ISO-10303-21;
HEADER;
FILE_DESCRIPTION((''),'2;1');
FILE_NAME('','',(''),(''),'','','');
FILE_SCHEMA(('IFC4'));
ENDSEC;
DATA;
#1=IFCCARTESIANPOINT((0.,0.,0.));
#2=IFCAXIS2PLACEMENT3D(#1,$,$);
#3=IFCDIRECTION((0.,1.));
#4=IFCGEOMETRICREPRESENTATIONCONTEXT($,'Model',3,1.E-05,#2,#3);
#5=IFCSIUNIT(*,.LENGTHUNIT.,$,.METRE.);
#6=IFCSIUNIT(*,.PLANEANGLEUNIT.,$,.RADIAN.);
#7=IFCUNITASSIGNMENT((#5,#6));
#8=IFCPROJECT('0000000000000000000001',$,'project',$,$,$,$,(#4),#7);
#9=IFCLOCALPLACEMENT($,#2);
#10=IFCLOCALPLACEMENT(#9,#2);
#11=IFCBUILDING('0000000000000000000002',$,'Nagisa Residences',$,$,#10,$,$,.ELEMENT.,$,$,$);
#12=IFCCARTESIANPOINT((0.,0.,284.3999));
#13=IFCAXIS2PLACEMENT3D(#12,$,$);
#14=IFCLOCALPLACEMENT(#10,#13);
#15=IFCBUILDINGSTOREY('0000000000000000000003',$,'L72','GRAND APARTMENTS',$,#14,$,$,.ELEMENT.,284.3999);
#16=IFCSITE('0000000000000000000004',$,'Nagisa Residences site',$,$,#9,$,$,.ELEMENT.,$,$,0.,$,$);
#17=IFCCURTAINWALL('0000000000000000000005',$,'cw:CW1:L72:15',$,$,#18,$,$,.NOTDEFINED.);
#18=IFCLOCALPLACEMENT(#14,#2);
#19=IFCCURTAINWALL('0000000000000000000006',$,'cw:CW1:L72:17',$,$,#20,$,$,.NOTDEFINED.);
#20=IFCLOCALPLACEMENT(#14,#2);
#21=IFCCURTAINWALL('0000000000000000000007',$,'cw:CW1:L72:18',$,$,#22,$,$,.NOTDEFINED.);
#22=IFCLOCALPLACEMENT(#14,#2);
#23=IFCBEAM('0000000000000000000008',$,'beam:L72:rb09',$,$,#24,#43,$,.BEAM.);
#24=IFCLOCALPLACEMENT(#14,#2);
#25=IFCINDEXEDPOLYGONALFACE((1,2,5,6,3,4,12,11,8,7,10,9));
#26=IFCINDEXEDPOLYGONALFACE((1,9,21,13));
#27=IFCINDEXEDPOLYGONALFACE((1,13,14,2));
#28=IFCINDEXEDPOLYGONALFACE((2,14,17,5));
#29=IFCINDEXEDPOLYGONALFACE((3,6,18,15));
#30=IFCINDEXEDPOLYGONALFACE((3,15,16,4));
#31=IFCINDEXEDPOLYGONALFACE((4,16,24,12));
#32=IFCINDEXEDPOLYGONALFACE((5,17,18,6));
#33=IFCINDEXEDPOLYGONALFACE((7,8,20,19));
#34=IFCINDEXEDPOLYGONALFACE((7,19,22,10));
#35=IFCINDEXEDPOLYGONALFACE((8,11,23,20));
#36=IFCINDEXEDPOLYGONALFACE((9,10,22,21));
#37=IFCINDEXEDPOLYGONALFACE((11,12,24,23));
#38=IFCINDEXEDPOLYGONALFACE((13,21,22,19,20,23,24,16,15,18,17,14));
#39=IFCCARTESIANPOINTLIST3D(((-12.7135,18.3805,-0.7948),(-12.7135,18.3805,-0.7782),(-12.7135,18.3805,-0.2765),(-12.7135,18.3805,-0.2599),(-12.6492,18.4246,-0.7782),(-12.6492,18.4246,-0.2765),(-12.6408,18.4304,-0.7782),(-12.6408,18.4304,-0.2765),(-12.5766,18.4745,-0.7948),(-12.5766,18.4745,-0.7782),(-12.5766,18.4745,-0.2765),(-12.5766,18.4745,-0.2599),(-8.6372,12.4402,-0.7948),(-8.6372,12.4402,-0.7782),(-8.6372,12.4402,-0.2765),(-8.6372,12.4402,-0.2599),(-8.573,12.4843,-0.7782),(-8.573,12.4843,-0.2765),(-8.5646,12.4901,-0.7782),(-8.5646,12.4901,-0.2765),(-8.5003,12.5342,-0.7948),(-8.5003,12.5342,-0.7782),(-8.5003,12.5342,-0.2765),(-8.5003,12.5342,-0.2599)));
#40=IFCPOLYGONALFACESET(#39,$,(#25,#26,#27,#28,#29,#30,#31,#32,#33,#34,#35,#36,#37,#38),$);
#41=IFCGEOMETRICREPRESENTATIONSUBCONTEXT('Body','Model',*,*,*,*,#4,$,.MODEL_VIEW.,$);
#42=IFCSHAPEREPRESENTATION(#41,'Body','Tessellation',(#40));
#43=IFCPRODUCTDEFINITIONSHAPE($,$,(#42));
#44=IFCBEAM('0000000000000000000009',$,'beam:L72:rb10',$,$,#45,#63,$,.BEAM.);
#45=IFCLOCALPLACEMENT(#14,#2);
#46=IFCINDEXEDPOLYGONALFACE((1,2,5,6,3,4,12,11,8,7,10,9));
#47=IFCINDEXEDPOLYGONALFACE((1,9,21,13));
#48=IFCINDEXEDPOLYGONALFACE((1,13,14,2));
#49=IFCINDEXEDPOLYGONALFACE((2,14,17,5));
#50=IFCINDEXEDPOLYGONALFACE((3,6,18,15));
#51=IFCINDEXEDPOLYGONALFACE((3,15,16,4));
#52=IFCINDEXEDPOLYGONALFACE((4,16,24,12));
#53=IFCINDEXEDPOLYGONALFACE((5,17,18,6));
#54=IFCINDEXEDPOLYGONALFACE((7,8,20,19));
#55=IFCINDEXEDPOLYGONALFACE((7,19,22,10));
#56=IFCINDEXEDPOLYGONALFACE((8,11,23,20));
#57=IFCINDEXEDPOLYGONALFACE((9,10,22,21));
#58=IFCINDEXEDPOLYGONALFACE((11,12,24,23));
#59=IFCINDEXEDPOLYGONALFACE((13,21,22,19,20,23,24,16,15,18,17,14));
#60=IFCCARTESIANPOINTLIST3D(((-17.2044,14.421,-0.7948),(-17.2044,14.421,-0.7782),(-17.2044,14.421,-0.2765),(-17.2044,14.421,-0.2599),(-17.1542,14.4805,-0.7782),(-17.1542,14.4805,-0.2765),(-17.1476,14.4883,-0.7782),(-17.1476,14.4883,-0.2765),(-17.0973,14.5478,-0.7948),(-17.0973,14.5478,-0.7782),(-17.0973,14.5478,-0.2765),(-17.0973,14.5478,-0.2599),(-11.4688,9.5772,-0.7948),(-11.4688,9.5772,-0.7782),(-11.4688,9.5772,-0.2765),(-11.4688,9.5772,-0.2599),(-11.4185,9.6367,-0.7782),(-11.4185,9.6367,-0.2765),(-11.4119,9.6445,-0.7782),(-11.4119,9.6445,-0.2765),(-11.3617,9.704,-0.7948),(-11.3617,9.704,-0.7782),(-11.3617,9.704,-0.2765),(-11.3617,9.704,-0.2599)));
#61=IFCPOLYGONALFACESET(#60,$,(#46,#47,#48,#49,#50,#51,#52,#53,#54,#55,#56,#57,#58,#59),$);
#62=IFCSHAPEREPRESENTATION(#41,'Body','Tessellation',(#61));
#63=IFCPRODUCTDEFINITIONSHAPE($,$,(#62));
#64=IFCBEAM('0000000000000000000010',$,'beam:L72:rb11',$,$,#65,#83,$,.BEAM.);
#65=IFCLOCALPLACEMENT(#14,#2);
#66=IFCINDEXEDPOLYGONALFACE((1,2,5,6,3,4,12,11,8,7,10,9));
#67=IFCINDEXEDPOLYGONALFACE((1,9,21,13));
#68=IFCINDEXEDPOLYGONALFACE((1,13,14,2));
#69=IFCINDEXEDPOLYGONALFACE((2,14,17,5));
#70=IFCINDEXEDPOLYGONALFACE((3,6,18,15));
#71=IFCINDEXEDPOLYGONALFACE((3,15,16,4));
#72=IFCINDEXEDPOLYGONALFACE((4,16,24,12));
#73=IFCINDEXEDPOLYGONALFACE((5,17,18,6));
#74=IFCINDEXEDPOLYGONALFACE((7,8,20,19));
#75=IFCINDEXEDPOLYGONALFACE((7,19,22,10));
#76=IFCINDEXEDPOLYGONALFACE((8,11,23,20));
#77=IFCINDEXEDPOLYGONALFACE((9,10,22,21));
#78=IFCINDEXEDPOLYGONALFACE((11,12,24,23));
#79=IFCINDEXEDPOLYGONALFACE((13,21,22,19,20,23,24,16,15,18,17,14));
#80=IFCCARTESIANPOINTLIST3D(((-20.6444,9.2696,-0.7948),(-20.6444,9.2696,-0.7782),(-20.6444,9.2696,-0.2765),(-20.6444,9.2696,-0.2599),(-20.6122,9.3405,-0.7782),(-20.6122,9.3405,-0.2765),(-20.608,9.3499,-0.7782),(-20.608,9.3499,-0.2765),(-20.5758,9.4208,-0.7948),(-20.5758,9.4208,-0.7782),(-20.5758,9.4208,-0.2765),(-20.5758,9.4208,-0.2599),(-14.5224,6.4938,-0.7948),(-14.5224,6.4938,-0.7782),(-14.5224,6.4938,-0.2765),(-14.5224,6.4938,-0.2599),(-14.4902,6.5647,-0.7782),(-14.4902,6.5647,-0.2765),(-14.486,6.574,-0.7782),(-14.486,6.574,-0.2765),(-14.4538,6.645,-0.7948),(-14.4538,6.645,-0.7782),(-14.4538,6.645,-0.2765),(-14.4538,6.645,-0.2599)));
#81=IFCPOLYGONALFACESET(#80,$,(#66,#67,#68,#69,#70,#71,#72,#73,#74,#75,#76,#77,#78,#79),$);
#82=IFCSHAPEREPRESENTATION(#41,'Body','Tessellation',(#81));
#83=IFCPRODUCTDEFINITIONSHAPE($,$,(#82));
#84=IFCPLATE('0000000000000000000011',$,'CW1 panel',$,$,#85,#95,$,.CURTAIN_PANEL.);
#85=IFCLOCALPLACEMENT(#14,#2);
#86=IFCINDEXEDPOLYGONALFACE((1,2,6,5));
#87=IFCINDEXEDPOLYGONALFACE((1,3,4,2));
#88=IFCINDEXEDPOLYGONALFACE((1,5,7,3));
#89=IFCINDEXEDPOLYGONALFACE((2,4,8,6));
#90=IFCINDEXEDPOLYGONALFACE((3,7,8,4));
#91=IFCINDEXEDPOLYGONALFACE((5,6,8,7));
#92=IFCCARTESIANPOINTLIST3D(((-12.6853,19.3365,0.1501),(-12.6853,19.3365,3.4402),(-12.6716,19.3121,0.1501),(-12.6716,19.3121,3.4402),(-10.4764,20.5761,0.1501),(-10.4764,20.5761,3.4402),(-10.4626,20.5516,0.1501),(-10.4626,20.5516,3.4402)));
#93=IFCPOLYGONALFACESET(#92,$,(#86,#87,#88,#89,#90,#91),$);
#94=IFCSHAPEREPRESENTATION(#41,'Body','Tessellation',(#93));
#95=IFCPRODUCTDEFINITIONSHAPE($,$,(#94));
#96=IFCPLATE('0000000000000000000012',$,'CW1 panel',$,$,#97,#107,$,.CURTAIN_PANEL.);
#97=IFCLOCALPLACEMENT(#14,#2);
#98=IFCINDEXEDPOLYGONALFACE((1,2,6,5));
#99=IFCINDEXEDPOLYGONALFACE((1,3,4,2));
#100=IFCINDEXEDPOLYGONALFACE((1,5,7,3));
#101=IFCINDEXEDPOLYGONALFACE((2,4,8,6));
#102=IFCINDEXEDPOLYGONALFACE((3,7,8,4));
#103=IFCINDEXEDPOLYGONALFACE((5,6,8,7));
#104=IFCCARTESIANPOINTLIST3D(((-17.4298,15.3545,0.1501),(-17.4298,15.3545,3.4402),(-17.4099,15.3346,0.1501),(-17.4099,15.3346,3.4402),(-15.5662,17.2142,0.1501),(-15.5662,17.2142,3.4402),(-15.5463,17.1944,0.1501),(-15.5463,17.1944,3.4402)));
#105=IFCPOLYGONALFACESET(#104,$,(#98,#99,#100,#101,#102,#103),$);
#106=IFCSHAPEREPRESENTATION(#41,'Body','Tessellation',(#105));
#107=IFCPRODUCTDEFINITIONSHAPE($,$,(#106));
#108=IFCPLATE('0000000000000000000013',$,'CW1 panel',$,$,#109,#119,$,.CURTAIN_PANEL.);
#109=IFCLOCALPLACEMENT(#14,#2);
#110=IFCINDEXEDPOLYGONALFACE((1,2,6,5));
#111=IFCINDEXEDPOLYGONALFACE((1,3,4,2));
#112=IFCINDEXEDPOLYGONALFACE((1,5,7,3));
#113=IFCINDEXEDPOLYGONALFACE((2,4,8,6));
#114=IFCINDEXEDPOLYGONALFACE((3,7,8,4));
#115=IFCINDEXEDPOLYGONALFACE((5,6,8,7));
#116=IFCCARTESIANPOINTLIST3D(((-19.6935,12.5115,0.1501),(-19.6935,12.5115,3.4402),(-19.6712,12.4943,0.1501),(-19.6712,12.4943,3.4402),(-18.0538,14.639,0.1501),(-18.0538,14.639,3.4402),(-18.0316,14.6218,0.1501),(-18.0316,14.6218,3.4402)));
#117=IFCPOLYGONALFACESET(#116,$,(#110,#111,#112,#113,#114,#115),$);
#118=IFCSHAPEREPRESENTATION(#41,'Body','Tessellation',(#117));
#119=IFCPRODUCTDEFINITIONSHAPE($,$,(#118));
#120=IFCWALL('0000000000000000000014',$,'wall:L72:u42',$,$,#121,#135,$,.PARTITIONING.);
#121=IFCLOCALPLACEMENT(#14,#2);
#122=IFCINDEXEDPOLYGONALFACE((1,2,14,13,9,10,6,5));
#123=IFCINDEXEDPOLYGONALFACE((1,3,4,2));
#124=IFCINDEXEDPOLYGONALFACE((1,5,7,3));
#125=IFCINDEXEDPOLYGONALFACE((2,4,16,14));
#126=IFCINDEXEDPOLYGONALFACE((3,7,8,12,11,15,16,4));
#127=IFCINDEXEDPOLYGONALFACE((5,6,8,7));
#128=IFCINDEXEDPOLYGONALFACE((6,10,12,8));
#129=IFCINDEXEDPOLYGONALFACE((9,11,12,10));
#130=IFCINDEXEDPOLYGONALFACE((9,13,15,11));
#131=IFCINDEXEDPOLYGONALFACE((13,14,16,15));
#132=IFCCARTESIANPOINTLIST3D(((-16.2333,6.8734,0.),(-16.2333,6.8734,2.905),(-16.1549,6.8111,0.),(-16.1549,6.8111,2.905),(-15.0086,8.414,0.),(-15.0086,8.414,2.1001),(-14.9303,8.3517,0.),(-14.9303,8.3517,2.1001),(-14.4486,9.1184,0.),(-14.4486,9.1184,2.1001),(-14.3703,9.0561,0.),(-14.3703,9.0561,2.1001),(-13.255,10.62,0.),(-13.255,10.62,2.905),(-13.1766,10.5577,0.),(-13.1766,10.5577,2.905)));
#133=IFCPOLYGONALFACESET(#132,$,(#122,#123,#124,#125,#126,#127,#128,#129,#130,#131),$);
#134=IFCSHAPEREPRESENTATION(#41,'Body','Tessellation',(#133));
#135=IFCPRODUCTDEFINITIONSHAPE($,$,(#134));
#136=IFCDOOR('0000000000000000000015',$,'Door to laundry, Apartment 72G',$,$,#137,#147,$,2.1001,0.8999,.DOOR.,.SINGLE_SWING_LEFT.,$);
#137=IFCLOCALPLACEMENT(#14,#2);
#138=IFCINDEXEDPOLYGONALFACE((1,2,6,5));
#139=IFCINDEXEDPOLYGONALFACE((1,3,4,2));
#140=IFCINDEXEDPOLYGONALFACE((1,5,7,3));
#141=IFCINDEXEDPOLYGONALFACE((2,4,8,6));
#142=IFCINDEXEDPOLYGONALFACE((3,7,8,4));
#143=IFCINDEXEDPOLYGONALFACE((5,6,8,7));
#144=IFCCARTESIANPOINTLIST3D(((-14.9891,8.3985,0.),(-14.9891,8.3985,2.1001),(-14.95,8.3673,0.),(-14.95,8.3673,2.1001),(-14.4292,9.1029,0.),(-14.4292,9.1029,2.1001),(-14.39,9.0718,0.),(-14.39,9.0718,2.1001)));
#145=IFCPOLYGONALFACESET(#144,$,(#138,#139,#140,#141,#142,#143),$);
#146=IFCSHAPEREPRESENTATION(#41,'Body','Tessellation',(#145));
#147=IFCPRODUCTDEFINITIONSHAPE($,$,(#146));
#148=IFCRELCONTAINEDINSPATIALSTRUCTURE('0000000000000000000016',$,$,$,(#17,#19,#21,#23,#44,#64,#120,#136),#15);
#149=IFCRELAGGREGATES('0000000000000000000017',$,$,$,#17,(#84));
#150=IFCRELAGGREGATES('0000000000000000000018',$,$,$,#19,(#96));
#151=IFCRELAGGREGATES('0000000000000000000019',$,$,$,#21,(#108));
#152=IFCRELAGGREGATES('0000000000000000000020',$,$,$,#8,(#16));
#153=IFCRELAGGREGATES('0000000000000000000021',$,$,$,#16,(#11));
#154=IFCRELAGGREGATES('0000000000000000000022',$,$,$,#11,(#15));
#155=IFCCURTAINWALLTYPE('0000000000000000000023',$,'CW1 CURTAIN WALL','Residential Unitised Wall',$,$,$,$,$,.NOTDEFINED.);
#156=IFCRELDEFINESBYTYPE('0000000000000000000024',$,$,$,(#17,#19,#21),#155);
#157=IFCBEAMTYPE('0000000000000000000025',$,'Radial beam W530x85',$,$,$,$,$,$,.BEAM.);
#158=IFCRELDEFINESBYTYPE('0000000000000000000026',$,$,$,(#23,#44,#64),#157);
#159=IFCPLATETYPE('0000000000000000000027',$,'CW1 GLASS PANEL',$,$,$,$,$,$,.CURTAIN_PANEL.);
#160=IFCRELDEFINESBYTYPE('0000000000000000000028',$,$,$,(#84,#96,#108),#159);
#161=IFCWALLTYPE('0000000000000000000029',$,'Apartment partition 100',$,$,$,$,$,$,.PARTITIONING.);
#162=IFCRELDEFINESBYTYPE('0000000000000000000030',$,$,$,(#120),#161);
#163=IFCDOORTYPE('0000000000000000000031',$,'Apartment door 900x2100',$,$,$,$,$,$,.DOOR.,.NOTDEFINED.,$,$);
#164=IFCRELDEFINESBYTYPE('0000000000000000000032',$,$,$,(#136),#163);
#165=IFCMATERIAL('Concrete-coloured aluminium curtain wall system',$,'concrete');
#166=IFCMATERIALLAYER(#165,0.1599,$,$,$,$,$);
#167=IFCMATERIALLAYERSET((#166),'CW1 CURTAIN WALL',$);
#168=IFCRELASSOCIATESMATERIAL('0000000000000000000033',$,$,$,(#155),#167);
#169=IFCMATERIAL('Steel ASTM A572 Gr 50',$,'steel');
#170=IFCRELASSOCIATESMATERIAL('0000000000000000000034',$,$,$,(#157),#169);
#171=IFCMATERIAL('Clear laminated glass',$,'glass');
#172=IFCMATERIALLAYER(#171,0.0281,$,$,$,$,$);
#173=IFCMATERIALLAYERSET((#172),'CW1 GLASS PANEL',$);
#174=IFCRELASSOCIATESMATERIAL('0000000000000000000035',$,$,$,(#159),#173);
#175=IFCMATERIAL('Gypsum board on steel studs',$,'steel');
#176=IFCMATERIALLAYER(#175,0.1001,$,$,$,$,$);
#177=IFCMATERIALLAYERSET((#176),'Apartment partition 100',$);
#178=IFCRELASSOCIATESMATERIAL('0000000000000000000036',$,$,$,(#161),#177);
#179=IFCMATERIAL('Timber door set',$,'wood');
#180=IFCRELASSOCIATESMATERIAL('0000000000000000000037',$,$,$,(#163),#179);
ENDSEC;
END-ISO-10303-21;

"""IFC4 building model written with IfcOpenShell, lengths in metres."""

from ifc_helpers import new_model, si_unit, direction, frame, frame_2d, origin, origin_2d, place, context, subcontext, project, spatial, rectangle, i_section, extrude, material, layer, layer_set, material_profile, profile_set, type_object, element, fill, aggregate, save


model = new_model("IFC4")

# Units and contexts
model_context = context("Model", 3, precision=1e-05, world=origin(), true_north=direction((0.0, 1.0)))
body_context = subcontext(model_context, "Body", "Model", "MODEL_VIEW")
ifc_project = project(units=[si_unit("LENGTHUNIT", "METRE"), si_unit("PLANEANGLEUNIT", "RADIAN")], contexts=[model_context])

# Site, building, storey
site_placement = place(None, origin())
site = spatial("IfcSite", under=ifc_project, at=site_placement, Name="Nagisa Residences site", CompositionType="ELEMENT", RefElevation=0.0)
building_placement = place(site_placement, origin())
building = spatial("IfcBuilding", under=site, at=building_placement, Name="Nagisa Residences", CompositionType="ELEMENT")
storey_placement = place(building_placement, frame((0.0, 0.0, 284.3999)))
storey = spatial("IfcBuildingStorey", under=building, at=storey_placement, Name="L72", Description="GRAND APARTMENTS", CompositionType="ELEMENT", Elevation=284.3999)

# Curtain walls
ifc_material_1 = material(Name="Concrete-coloured aluminium curtain wall system", Category="concrete")
ifc_layer_1 = layer(ifc_material_1, 0.1599)
ifc_layer_set_1 = layer_set([ifc_layer_1], Name="CW1 CURTAIN WALL")
curtain_wall_type = type_object("IfcCurtainWallType", Name="CW1 CURTAIN WALL", Description="Residential Unitised Wall", PredefinedType="NOTDEFINED", material=ifc_layer_set_1)
curtain_wall_1_placement = place(storey_placement, origin())
curtain_wall_1 = element("IfcCurtainWall", 1, at=curtain_wall_1_placement, inside=storey, type_object=curtain_wall_type, Name="cw:CW1:L72:15", PredefinedType="NOTDEFINED")
curtain_wall_2_placement = place(storey_placement, origin())
curtain_wall_2 = element("IfcCurtainWall", 2, at=curtain_wall_2_placement, inside=storey, type_object=curtain_wall_type, Name="cw:CW1:L72:17", PredefinedType="NOTDEFINED")
curtain_wall_3_placement = place(storey_placement, origin())
curtain_wall_3 = element("IfcCurtainWall", 3, at=curtain_wall_3_placement, inside=storey, type_object=curtain_wall_type, Name="cw:CW1:L72:18", PredefinedType="NOTDEFINED")

# Beams
ifc_material_2 = material(Name="Steel ASTM A572 Gr 50", Category="steel")
ifc_material_profile_1 = material_profile(ifc_material_2, i_section(OverallWidth=0.166, OverallDepth=0.5349, WebThickness=0.0103, FlangeThickness=0.0166, at=origin_2d()), Name="W530x85")
ifc_profile_set_1 = profile_set([ifc_material_profile_1], Name="Steel ASTM A572 Gr 50")
beam_type_1 = type_object("IfcBeamType", Name="Radial beam W530x85", PredefinedType="BEAM", material=ifc_profile_set_1)
beam_1_placement = place(storey_placement, frame((-12.645, 18.4275, -0.5273), z_axis=(0.565802, -0.824541, 0.0), x_axis=(0.824541, 0.565802, 0.0)))
element("IfcBeam", 4, at=beam_1_placement, inside=storey, type_object=beam_type_1, Name="beam:L72:rb09", PredefinedType="BEAM", context=body_context, shape_type="SweptSolid", body=[
    extrude(i_section(OverallWidth=0.166, OverallDepth=0.5349, WebThickness=0.0103, FlangeThickness=0.0166, at=origin_2d()), origin(), (0.0, 0.0, 1.0), 7.2043),
])
beam_2_placement = place(storey_placement, frame((-17.1509, 14.4844, -0.5273), z_axis=(0.764006, -0.645209, 0.0), x_axis=(0.645209, 0.764006, 0.0)))
element("IfcBeam", 5, at=beam_2_placement, inside=storey, type_object=beam_type_1, Name="beam:L72:rb10", PredefinedType="BEAM", context=body_context, shape_type="SweptSolid", body=[
    extrude(i_section(OverallWidth=0.166, OverallDepth=0.5349, WebThickness=0.0103, FlangeThickness=0.0166, at=origin_2d()), origin(), (0.0, 0.0, 1.0), 7.5073),
])
beam_3_placement = place(storey_placement, frame((-20.6101, 9.3452, -0.5273), z_axis=(0.910752, -0.412954, 0.0), x_axis=(0.412954, 0.910752, 0.0)))
element("IfcBeam", 6, at=beam_3_placement, inside=storey, type_object=beam_type_1, Name="beam:L72:rb11", PredefinedType="BEAM", context=body_context, shape_type="SweptSolid", body=[
    extrude(i_section(OverallWidth=0.166, OverallDepth=0.5349, WebThickness=0.0103, FlangeThickness=0.0166, at=origin_2d()), origin(), (0.0, 0.0, 1.0), 6.7219),
])

# Plates
ifc_material_3 = material(Name="Clear laminated glass", Category="glass")
ifc_layer_2 = layer(ifc_material_3, 0.0281)
ifc_layer_set_2 = layer_set([ifc_layer_2], Name="CW1 GLASS PANEL")
plate_type = type_object("IfcPlateType", Name="CW1 GLASS PANEL", PredefinedType="CURTAIN_PANEL", material=ifc_layer_set_2)
plate_1_placement = place(storey_placement, frame((-11.574, 19.9441, 0.1501), z_axis=(0.0, 0.0, 1.0), x_axis=(-0.872072, -0.489377, 0.0)))
plate_1 = element("IfcPlate", 7, at=plate_1_placement, type_object=plate_type, Name="CW1 panel", PredefinedType="CURTAIN_PANEL", context=body_context, shape_type="SweptSolid", body=[
    extrude(rectangle(XDim=2.533, YDim=0.0281, at=origin_2d()), origin(), (0.0, 0.0, 1.0), 3.29),
])
aggregate(curtain_wall_1, [plate_1])
plate_2_placement = place(storey_placement, frame((-16.488, 16.2744, 0.1501), z_axis=(0.0, 0.0, 1.0), x_axis=(-0.707836, -0.706377, 0.0)))
plate_2 = element("IfcPlate", 8, at=plate_2_placement, type_object=plate_type, Name="CW1 panel", PredefinedType="CURTAIN_PANEL", context=body_context, shape_type="SweptSolid", body=[
    extrude(rectangle(XDim=2.6328, YDim=0.0281, at=origin_2d()), origin(), (0.0, 0.0, 1.0), 3.29),
])
aggregate(curtain_wall_2, [plate_2])
plate_3_placement = place(storey_placement, frame((-18.8625, 13.5667, 0.1501), z_axis=(0.0, 0.0, 1.0), x_axis=(-0.61043, -0.79207, 0.0)))
plate_3 = element("IfcPlate", 9, at=plate_3_placement, type_object=plate_type, Name="CW1 panel", PredefinedType="CURTAIN_PANEL", context=body_context, shape_type="SweptSolid", body=[
    extrude(rectangle(XDim=2.686, YDim=0.0281, at=origin_2d()), origin(), (0.0, 0.0, 1.0), 3.29),
])
aggregate(curtain_wall_3, [plate_3])

# Wall, opening, door
ifc_material_4 = material(Name="Gypsum board on steel studs", Category="steel")
ifc_layer_3 = layer(ifc_material_4, 0.1001)
ifc_layer_set_3 = layer_set([ifc_layer_3], Name="Apartment partition 100")
wall_type_1 = type_object("IfcWallType", Name="Apartment partition 100", PredefinedType="PARTITIONING", material=ifc_layer_set_3)
wall_1_placement = place(storey_placement, frame((-13.2158, 10.5889, 0.0), z_axis=(0.0, 0.0, 1.0), x_axis=(-0.622272, -0.782801, 0.0)))
wall_1 = element("IfcWall", 10, at=wall_1_placement, inside=storey, type_object=wall_type_1, Name="wall:L72:u42", PredefinedType="PARTITIONING", context=body_context, shape_type="SweptSolid", body=[
    extrude(rectangle(XDim=4.7861, YDim=0.1001, at=frame_2d((2.3931, 0.0))), origin(), (0.0, 0.0, 1.0), 2.905),
])
opening_1_placement = place(wall_1_placement, frame((1.9182, 0.0, 0.0)))
opening_1 = element("IfcOpeningElement", 11, at=opening_1_placement, cuts=wall_1, PredefinedType="OPENING", context=body_context, shape_type="SweptSolid", body=[
    extrude(rectangle(XDim=0.8999, YDim=2.1001, at=frame_2d((0.45, 1.05))), frame((0.0, 0.0601, 0.0), z_axis=(0.0, -1.0, 0.0), x_axis=(1.0, 0.0, 0.0)), (0.0, 0.0, 1.0), 0.1201),
])
ifc_material_5 = material(Name="Timber door set", Category="wood")
door_type_1 = type_object("IfcDoorType", Name="Apartment door 900x2100", OperationType="NOTDEFINED", PredefinedType="DOOR", material=ifc_material_5)
door_1_placement = place(opening_1_placement, origin())
door_1 = element("IfcDoor", 12, at=door_1_placement, inside=storey, type_object=door_type_1, Name="Door to laundry, Apartment 72G", OperationType="SINGLE_SWING_LEFT", OverallHeight=2.1001, OverallWidth=0.8999, PredefinedType="DOOR", context=body_context, shape_type="SweptSolid", body=[
    extrude(rectangle(XDim=0.8999, YDim=2.1001, at=frame_2d((0.45, 1.05))), frame((0.0, 0.0249, 0.0), z_axis=(0.0, -1.0, 0.0), x_axis=(1.0, 0.0, 0.0)), (0.0, 0.0, 1.0), 0.05),
])
fill(opening_1, door_1)

save(model, "model.ifc")
